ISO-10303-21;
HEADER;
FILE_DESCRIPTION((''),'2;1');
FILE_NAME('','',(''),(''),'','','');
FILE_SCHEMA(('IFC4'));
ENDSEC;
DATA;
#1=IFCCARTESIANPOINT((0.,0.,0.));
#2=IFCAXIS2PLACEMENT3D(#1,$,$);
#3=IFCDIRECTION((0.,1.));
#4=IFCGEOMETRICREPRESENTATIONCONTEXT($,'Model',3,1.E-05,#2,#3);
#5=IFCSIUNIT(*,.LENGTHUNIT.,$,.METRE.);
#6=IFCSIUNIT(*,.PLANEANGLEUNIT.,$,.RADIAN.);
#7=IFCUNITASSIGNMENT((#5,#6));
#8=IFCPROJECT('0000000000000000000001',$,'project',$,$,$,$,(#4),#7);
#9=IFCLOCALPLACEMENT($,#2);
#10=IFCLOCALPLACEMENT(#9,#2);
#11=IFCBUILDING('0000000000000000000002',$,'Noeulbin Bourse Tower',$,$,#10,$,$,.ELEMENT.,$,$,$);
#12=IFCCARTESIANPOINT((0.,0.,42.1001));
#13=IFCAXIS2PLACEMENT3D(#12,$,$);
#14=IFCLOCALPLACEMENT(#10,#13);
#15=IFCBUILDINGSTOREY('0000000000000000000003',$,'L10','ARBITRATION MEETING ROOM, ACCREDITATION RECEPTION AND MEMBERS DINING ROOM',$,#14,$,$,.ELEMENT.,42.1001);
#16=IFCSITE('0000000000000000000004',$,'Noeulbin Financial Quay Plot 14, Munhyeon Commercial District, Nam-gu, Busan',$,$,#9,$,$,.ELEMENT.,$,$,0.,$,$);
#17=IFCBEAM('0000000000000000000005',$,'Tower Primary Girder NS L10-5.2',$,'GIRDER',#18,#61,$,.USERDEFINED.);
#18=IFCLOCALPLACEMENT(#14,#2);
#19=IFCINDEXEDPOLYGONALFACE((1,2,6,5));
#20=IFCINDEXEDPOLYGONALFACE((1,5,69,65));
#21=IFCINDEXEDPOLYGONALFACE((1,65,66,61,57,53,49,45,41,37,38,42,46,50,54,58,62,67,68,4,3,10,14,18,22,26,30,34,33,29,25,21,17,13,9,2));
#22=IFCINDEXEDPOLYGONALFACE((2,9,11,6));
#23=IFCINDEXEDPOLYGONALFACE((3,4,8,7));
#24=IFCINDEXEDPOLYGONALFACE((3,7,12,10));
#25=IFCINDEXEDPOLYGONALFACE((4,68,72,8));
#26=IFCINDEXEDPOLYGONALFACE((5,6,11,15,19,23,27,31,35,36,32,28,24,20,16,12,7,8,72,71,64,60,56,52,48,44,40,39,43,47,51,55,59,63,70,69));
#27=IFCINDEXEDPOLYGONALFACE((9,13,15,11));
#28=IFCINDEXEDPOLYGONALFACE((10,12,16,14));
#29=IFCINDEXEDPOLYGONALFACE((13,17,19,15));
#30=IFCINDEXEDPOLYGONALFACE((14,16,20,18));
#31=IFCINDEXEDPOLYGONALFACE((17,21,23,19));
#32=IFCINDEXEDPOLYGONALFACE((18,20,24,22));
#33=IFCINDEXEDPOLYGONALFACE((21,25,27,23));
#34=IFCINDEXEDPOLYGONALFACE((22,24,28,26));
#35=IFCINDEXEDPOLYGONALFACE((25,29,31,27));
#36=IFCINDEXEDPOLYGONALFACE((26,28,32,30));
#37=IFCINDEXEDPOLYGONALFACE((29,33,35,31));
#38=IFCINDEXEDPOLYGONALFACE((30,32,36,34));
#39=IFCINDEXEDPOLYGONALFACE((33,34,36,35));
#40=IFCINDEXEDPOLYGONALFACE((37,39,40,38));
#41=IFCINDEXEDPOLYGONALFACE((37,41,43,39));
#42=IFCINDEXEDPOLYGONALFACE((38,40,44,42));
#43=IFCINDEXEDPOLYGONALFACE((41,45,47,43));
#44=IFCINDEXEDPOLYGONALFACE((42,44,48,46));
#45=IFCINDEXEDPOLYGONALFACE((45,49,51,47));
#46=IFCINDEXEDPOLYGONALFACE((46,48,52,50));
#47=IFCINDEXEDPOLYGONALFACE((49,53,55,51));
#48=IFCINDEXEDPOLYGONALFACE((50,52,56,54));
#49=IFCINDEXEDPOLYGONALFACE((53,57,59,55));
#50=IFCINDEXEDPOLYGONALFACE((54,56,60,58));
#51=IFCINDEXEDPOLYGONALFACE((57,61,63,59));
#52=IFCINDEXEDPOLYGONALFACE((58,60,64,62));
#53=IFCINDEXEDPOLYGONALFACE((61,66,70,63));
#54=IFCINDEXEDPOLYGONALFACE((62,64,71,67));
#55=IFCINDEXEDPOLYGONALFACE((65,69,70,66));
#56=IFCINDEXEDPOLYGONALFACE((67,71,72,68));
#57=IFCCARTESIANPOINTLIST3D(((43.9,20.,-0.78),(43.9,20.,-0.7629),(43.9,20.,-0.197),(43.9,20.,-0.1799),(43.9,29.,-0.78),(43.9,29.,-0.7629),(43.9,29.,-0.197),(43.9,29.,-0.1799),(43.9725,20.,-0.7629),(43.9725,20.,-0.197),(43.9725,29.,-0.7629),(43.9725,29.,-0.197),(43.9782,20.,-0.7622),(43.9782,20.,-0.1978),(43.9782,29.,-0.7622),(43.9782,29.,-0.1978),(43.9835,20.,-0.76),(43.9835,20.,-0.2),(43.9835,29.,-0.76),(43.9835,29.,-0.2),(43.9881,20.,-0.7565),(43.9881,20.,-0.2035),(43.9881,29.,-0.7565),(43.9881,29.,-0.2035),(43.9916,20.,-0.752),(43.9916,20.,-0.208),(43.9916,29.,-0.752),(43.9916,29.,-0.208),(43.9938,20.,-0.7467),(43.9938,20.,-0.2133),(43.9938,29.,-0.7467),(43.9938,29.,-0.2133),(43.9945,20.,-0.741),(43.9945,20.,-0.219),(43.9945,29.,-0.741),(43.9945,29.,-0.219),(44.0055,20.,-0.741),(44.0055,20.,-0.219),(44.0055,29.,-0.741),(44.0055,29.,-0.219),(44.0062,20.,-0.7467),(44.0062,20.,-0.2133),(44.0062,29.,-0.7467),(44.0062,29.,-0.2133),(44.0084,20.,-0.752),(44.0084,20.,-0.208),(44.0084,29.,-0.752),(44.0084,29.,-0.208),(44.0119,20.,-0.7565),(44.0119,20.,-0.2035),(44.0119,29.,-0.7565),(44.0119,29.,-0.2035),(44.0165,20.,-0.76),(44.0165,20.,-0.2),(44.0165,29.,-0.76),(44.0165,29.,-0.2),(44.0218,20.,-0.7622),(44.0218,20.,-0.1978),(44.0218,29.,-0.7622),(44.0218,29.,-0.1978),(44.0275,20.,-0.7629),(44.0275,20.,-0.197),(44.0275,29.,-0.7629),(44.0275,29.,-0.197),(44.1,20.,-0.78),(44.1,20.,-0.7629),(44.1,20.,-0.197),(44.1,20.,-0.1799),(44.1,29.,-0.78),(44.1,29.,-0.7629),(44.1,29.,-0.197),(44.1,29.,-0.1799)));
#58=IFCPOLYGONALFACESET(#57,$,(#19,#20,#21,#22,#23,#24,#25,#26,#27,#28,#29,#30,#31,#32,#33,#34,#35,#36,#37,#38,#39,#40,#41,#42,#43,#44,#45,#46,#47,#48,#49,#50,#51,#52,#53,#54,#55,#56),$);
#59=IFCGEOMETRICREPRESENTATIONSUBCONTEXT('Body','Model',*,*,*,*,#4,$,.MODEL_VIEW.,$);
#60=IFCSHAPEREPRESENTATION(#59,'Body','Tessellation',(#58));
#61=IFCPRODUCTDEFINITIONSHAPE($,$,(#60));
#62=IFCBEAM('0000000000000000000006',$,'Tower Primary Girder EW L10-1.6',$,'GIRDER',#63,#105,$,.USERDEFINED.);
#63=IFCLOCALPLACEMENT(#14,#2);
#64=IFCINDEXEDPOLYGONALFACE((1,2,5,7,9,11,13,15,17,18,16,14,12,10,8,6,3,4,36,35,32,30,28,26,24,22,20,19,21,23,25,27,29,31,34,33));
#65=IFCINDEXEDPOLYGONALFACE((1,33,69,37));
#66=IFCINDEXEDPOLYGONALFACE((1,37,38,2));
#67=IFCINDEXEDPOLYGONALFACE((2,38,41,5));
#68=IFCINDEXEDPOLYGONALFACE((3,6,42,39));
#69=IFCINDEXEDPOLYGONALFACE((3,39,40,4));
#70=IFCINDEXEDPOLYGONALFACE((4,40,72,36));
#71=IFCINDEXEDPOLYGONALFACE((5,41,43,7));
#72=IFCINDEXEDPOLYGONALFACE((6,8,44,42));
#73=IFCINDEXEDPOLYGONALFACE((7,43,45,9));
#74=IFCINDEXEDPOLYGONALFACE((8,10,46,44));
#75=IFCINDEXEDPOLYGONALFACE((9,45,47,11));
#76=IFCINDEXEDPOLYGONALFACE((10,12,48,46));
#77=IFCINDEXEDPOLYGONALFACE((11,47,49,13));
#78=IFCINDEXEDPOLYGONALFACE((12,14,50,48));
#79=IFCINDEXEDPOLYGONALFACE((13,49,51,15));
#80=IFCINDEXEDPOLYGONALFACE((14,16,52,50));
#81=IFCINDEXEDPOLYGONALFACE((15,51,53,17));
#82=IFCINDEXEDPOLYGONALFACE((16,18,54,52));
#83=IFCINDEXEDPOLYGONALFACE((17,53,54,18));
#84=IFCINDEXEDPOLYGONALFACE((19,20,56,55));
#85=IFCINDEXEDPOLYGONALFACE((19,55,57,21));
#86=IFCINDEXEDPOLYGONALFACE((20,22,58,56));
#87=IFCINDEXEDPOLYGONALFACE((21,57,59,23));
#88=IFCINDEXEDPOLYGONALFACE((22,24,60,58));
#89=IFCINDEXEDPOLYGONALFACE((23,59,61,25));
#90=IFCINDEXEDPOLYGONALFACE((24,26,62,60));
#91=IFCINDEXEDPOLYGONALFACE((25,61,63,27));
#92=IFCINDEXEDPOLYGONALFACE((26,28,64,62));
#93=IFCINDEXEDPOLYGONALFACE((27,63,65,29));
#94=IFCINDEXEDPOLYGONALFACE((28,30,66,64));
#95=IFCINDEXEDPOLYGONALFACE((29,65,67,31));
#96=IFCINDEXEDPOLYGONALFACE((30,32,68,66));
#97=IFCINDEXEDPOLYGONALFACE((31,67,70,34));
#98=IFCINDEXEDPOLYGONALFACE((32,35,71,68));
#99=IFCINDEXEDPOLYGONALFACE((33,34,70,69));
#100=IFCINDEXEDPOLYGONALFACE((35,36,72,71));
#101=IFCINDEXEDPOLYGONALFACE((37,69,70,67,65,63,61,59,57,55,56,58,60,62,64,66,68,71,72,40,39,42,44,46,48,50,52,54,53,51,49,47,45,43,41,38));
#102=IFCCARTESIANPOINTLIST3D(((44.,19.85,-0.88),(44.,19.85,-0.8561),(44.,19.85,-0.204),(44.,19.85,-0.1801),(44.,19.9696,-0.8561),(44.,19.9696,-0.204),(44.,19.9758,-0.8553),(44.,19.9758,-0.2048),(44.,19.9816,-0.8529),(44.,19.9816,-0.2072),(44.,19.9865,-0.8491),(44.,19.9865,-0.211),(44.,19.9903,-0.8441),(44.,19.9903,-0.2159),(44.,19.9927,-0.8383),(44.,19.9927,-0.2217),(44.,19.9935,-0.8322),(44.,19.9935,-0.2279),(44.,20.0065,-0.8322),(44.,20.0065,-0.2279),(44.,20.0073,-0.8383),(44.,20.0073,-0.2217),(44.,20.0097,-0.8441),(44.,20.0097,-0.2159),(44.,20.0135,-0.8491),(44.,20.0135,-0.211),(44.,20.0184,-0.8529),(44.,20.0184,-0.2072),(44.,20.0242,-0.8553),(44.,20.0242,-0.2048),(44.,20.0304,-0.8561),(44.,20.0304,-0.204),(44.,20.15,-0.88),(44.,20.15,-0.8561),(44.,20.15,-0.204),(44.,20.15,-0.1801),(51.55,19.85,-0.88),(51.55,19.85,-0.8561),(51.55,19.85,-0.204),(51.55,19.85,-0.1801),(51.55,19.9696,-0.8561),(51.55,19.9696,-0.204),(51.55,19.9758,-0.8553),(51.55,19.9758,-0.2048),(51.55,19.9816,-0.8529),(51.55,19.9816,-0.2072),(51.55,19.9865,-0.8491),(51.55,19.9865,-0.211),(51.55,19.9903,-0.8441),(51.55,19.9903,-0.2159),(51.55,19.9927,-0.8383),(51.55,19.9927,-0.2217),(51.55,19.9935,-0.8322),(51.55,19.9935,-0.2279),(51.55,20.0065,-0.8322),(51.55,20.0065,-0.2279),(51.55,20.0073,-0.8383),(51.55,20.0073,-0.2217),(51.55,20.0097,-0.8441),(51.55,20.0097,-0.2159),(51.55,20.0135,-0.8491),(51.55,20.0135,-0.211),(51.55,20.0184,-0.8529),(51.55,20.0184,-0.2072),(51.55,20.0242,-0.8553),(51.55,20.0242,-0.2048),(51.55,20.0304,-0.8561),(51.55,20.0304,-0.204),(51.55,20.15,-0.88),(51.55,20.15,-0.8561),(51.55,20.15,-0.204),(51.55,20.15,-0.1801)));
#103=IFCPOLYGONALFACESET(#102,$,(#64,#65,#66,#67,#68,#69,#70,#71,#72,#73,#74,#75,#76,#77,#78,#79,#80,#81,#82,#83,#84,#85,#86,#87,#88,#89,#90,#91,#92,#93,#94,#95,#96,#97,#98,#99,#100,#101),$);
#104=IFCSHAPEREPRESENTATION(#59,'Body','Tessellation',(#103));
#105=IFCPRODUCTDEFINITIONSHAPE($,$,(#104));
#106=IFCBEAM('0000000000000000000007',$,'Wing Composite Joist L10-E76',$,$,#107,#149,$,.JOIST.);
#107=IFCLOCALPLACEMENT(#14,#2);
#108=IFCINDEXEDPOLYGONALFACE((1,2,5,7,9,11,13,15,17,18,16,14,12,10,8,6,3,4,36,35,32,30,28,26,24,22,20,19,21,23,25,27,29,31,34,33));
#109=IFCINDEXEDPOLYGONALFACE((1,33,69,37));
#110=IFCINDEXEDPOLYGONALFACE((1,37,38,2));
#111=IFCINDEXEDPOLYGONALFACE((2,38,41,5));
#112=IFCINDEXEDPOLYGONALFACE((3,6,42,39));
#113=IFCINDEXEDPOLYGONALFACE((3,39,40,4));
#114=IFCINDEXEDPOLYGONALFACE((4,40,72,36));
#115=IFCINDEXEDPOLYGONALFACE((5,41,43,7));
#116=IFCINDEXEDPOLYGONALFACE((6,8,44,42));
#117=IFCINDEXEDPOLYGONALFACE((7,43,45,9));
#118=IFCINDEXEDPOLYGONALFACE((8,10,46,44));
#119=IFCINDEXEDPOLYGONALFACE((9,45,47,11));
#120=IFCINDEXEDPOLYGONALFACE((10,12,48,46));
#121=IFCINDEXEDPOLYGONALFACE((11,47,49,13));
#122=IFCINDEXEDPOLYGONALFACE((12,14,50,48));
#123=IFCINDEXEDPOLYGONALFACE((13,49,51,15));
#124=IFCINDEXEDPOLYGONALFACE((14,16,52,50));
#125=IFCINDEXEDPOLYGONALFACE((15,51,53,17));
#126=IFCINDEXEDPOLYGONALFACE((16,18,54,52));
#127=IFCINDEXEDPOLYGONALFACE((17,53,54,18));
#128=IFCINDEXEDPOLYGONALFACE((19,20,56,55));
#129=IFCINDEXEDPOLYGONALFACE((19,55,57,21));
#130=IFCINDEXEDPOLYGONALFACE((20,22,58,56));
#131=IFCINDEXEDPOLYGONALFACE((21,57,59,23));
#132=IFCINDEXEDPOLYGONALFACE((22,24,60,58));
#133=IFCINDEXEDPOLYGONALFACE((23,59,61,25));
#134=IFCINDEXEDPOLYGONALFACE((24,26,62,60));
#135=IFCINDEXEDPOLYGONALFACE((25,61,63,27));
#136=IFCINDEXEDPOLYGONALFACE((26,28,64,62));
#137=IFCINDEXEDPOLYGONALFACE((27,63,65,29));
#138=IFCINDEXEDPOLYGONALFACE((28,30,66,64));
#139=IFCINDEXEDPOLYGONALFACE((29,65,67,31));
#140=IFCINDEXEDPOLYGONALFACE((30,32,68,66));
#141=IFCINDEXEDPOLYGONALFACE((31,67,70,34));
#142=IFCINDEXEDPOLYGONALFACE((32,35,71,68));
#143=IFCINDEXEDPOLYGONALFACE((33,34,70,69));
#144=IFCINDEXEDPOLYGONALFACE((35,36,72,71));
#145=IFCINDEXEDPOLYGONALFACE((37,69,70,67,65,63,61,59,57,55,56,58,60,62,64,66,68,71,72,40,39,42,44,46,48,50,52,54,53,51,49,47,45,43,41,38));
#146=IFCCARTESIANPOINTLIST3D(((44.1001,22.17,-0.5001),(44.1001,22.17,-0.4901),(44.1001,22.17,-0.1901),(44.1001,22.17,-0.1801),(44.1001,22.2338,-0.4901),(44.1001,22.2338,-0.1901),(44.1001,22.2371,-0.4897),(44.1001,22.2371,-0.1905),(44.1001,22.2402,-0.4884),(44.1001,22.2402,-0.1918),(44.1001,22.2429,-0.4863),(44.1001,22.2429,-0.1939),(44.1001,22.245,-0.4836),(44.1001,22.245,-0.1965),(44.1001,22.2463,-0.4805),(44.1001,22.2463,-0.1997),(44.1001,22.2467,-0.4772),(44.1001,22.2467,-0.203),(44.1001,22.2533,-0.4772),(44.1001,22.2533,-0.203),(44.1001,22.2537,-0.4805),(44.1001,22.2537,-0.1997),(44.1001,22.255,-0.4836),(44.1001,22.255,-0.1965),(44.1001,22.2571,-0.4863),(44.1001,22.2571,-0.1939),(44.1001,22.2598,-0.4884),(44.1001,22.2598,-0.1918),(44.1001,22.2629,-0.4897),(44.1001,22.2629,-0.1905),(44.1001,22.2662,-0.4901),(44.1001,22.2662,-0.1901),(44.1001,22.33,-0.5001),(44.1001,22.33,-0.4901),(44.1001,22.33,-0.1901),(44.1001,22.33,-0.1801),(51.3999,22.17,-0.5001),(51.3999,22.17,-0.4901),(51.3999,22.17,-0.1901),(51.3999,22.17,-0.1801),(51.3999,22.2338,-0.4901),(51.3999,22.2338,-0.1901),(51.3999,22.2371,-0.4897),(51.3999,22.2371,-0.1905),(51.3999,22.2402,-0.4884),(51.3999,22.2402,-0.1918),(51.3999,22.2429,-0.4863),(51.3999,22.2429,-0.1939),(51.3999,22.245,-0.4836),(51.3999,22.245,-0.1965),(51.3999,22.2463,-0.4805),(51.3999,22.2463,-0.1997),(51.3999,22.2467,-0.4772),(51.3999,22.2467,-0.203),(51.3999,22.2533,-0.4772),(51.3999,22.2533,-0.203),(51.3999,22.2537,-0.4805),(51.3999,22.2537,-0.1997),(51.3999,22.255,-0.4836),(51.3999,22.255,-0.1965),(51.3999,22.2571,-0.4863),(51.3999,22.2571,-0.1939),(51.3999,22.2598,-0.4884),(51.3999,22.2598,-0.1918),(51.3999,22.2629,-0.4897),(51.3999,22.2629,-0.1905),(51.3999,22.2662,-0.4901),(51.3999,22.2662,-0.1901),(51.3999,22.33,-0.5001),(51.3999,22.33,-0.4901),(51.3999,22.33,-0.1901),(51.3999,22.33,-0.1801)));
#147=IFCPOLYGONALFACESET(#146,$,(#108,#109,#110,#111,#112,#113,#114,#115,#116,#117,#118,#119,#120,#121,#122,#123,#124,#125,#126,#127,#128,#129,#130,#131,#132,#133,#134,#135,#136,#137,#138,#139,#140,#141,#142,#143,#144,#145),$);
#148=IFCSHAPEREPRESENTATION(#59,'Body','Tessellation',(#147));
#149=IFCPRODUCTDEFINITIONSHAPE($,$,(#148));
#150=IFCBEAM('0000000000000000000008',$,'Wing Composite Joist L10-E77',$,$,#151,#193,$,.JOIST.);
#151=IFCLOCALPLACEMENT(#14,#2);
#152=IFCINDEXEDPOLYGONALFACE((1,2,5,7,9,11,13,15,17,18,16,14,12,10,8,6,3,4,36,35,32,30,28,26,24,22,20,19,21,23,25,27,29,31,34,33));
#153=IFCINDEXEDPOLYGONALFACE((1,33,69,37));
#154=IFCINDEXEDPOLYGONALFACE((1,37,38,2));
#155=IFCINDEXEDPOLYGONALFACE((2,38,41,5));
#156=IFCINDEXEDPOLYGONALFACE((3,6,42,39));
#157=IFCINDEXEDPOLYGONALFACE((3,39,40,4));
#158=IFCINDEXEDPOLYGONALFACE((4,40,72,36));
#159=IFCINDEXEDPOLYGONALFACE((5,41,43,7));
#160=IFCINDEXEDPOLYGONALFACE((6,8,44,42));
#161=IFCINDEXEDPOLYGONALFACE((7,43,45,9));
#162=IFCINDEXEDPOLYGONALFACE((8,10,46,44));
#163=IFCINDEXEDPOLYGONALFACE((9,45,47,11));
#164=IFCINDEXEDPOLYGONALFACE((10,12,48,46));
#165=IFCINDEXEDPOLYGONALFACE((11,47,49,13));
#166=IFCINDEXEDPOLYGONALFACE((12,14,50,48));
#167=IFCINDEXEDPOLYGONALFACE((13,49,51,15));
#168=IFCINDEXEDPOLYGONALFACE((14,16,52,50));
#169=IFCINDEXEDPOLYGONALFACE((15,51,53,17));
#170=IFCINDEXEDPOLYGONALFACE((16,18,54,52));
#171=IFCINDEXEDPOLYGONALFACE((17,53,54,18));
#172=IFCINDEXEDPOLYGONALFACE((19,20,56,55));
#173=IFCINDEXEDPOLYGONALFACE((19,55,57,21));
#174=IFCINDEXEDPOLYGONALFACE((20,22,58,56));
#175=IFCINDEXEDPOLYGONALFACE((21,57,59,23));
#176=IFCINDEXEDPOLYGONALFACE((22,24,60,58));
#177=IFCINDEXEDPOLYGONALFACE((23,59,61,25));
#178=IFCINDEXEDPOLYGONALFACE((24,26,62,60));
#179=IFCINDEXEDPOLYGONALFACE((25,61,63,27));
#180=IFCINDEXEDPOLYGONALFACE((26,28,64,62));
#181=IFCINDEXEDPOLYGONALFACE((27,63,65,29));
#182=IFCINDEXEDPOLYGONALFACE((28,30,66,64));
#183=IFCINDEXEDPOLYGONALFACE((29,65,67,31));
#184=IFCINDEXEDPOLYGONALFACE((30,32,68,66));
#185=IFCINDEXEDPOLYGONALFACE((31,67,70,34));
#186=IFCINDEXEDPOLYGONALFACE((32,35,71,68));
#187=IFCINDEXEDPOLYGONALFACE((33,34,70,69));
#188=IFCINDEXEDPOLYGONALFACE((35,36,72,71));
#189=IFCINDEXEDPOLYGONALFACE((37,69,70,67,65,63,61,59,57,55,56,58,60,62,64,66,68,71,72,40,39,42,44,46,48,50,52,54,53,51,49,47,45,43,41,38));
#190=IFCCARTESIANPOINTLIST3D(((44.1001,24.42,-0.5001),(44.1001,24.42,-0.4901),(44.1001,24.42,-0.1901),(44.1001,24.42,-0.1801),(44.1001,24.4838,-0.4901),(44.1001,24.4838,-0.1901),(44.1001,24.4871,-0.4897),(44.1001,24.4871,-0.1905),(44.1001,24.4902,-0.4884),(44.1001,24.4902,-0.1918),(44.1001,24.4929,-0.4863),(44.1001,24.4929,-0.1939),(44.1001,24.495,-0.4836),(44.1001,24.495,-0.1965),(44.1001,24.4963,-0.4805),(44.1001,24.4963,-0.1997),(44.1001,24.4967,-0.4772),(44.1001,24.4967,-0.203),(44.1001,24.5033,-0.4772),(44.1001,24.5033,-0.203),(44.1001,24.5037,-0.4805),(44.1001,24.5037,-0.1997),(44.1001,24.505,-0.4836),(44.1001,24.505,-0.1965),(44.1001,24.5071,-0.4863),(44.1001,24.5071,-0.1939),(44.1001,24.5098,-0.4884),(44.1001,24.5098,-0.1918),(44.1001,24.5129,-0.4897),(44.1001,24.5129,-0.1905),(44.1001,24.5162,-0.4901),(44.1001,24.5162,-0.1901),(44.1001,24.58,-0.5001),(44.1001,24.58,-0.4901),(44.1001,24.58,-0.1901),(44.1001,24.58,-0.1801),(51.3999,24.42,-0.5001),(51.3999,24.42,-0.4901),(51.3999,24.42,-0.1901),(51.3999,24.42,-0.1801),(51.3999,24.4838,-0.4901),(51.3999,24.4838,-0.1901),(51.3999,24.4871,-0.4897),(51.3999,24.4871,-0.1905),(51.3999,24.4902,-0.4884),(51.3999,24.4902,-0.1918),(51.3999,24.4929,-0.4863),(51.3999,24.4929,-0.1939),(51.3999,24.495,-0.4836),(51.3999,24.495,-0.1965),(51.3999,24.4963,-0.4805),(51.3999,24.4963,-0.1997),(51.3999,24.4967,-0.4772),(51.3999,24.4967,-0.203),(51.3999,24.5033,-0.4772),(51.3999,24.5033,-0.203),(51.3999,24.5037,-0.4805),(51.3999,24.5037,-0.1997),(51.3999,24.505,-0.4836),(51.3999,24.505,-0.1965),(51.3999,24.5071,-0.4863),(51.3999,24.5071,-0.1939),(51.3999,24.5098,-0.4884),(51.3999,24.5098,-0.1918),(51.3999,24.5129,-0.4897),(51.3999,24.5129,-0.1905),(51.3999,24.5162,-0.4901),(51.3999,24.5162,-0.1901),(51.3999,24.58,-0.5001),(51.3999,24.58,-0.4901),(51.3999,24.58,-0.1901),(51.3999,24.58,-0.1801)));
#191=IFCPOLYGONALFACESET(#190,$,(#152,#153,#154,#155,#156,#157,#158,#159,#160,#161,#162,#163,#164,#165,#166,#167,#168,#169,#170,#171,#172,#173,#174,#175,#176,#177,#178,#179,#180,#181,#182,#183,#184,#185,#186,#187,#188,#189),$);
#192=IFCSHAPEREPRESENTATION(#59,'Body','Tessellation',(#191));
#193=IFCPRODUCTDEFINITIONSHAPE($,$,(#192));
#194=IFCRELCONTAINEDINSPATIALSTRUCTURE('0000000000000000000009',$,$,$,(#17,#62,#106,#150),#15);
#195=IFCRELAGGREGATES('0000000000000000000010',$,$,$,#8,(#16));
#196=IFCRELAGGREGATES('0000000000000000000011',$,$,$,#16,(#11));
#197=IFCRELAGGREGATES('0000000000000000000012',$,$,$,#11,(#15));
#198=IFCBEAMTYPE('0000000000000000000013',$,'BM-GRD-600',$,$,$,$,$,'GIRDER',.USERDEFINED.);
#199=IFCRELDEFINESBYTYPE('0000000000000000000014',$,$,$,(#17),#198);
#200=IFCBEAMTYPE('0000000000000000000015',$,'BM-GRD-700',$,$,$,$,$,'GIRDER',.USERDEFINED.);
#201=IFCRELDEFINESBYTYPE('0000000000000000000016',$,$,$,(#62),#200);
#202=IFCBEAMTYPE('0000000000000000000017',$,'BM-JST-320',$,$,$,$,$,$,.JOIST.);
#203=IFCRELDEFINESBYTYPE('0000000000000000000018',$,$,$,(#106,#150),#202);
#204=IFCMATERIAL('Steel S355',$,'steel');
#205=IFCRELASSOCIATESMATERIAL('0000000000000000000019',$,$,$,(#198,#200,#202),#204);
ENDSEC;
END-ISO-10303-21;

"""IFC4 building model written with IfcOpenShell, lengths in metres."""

from ifc_helpers import new_model, si_unit, direction, frame, origin, origin_2d, place, context, subcontext, project, spatial, i_section, extrude, material, material_profile, profile_set, type_object, element, save


model = new_model("IFC4")

# Units and contexts
model_context = context("Model", 3, precision=1e-05, world=origin(), true_north=direction((0.0, 1.0)))
body_context = subcontext(model_context, "Body", "Model", "MODEL_VIEW")
ifc_project = project(units=[si_unit("LENGTHUNIT", "METRE"), si_unit("PLANEANGLEUNIT", "RADIAN")], contexts=[model_context])

# Site, building, storey
site_placement = place(None, origin())
site = spatial("IfcSite", under=ifc_project, at=site_placement, Name="Noeulbin Financial Quay Plot 14, Munhyeon Commercial District, Nam-gu, Busan", CompositionType="ELEMENT", RefElevation=0.0)
building_placement = place(site_placement, origin())
building = spatial("IfcBuilding", under=site, at=building_placement, Name="Noeulbin Bourse Tower", CompositionType="ELEMENT")
storey_placement = place(building_placement, frame((0.0, 0.0, 42.1001)))
storey = spatial("IfcBuildingStorey", under=building, at=storey_placement, Name="L10", Description="ARBITRATION MEETING ROOM, ACCREDITATION RECEPTION AND MEMBERS DINING ROOM", CompositionType="ELEMENT", Elevation=42.1001)

# Beams
ifc_material_1 = material(Name="Steel S355", Category="steel")
ifc_material_profile_1 = material_profile(ifc_material_1, i_section(OverallWidth=0.2, OverallDepth=0.6001, WebThickness=0.011, FlangeThickness=0.0171, FilletRadius=0.022, at=origin_2d()), Name="H-600x200x11x17", Category="LoadBearing")
ifc_profile_set_1 = profile_set([ifc_material_profile_1], Name="Steel S355")
beam_type_1 = type_object("IfcBeamType", Name="BM-GRD-600", ElementType="GIRDER", PredefinedType="USERDEFINED", material=ifc_profile_set_1)
beam_1_placement = place(storey_placement, frame((44.0, 20.0, -0.48), z_axis=(0.0, 1.0, 0.0), x_axis=(-1.0, 0.0, 0.0)))
element("IfcBeam", 1, at=beam_1_placement, inside=storey, type_object=beam_type_1, Name="Tower Primary Girder NS L10-5.2", ObjectType="GIRDER", PredefinedType="USERDEFINED", context=body_context, shape_type="SweptSolid", body=[
    extrude(i_section(OverallWidth=0.2, OverallDepth=0.6001, WebThickness=0.011, FlangeThickness=0.0171, FilletRadius=0.022, at=origin_2d()), origin(), (0.0, 0.0, 1.0), 9.0),
])
ifc_material_profile_2 = material_profile(ifc_material_1, i_section(OverallWidth=0.3, OverallDepth=0.7, WebThickness=0.0129, FlangeThickness=0.0239, FilletRadius=0.0239, at=origin_2d()), Name="H-700x300x13x24", Category="LoadBearing")
ifc_profile_set_2 = profile_set([ifc_material_profile_2], Name="Steel S355")
beam_type_2 = type_object("IfcBeamType", Name="BM-GRD-700", ElementType="GIRDER", PredefinedType="USERDEFINED", material=ifc_profile_set_2)
beam_2_placement = place(storey_placement, frame((44.0, 20.0, -0.53), z_axis=(1.0, 0.0, 0.0), x_axis=(0.0, 1.0, 0.0)))
element("IfcBeam", 2, at=beam_2_placement, inside=storey, type_object=beam_type_2, Name="Tower Primary Girder EW L10-1.6", ObjectType="GIRDER", PredefinedType="USERDEFINED", context=body_context, shape_type="SweptSolid", body=[
    extrude(i_section(OverallWidth=0.3, OverallDepth=0.7, WebThickness=0.0129, FlangeThickness=0.0239, FilletRadius=0.0239, at=origin_2d()), origin(), (0.0, 0.0, 1.0), 7.55),
])
ifc_material_profile_3 = material_profile(ifc_material_1, i_section(OverallWidth=0.1599, OverallDepth=0.3201, WebThickness=0.0066, FlangeThickness=0.01, FilletRadius=0.0129, at=origin_2d()), Name="H-320x160x6.5x10", Category="LoadBearing")
ifc_profile_set_3 = profile_set([ifc_material_profile_3], Name="Steel S355")
beam_type_3 = type_object("IfcBeamType", Name="BM-JST-320", PredefinedType="JOIST", material=ifc_profile_set_3)
for number, where, z_axis, x_axis, name in (
    (3, (44.1001, 22.25, -0.3401), (1.0, 0.0, 0.0), (0.0, 1.0, 0.0), "Wing Composite Joist L10-E76"),
    (4, (44.1001, 24.5, -0.3401), (1.0, 0.0, 0.0), (0.0, 1.0, 0.0), "Wing Composite Joist L10-E77"),
):
    element("IfcBeam", number, at=place(storey_placement, frame(where, z_axis=z_axis, x_axis=x_axis)), inside=storey, type_object=beam_type_3, Name=name, PredefinedType="JOIST", context=body_context, shape_type="SweptSolid", body=[
        extrude(i_section(OverallWidth=0.1599, OverallDepth=0.3201, WebThickness=0.0066, FlangeThickness=0.01, FilletRadius=0.0129, at=origin_2d()), origin(), (0.0, 0.0, 1.0), 7.2998),
    ])

save(model, "model.ifc")
